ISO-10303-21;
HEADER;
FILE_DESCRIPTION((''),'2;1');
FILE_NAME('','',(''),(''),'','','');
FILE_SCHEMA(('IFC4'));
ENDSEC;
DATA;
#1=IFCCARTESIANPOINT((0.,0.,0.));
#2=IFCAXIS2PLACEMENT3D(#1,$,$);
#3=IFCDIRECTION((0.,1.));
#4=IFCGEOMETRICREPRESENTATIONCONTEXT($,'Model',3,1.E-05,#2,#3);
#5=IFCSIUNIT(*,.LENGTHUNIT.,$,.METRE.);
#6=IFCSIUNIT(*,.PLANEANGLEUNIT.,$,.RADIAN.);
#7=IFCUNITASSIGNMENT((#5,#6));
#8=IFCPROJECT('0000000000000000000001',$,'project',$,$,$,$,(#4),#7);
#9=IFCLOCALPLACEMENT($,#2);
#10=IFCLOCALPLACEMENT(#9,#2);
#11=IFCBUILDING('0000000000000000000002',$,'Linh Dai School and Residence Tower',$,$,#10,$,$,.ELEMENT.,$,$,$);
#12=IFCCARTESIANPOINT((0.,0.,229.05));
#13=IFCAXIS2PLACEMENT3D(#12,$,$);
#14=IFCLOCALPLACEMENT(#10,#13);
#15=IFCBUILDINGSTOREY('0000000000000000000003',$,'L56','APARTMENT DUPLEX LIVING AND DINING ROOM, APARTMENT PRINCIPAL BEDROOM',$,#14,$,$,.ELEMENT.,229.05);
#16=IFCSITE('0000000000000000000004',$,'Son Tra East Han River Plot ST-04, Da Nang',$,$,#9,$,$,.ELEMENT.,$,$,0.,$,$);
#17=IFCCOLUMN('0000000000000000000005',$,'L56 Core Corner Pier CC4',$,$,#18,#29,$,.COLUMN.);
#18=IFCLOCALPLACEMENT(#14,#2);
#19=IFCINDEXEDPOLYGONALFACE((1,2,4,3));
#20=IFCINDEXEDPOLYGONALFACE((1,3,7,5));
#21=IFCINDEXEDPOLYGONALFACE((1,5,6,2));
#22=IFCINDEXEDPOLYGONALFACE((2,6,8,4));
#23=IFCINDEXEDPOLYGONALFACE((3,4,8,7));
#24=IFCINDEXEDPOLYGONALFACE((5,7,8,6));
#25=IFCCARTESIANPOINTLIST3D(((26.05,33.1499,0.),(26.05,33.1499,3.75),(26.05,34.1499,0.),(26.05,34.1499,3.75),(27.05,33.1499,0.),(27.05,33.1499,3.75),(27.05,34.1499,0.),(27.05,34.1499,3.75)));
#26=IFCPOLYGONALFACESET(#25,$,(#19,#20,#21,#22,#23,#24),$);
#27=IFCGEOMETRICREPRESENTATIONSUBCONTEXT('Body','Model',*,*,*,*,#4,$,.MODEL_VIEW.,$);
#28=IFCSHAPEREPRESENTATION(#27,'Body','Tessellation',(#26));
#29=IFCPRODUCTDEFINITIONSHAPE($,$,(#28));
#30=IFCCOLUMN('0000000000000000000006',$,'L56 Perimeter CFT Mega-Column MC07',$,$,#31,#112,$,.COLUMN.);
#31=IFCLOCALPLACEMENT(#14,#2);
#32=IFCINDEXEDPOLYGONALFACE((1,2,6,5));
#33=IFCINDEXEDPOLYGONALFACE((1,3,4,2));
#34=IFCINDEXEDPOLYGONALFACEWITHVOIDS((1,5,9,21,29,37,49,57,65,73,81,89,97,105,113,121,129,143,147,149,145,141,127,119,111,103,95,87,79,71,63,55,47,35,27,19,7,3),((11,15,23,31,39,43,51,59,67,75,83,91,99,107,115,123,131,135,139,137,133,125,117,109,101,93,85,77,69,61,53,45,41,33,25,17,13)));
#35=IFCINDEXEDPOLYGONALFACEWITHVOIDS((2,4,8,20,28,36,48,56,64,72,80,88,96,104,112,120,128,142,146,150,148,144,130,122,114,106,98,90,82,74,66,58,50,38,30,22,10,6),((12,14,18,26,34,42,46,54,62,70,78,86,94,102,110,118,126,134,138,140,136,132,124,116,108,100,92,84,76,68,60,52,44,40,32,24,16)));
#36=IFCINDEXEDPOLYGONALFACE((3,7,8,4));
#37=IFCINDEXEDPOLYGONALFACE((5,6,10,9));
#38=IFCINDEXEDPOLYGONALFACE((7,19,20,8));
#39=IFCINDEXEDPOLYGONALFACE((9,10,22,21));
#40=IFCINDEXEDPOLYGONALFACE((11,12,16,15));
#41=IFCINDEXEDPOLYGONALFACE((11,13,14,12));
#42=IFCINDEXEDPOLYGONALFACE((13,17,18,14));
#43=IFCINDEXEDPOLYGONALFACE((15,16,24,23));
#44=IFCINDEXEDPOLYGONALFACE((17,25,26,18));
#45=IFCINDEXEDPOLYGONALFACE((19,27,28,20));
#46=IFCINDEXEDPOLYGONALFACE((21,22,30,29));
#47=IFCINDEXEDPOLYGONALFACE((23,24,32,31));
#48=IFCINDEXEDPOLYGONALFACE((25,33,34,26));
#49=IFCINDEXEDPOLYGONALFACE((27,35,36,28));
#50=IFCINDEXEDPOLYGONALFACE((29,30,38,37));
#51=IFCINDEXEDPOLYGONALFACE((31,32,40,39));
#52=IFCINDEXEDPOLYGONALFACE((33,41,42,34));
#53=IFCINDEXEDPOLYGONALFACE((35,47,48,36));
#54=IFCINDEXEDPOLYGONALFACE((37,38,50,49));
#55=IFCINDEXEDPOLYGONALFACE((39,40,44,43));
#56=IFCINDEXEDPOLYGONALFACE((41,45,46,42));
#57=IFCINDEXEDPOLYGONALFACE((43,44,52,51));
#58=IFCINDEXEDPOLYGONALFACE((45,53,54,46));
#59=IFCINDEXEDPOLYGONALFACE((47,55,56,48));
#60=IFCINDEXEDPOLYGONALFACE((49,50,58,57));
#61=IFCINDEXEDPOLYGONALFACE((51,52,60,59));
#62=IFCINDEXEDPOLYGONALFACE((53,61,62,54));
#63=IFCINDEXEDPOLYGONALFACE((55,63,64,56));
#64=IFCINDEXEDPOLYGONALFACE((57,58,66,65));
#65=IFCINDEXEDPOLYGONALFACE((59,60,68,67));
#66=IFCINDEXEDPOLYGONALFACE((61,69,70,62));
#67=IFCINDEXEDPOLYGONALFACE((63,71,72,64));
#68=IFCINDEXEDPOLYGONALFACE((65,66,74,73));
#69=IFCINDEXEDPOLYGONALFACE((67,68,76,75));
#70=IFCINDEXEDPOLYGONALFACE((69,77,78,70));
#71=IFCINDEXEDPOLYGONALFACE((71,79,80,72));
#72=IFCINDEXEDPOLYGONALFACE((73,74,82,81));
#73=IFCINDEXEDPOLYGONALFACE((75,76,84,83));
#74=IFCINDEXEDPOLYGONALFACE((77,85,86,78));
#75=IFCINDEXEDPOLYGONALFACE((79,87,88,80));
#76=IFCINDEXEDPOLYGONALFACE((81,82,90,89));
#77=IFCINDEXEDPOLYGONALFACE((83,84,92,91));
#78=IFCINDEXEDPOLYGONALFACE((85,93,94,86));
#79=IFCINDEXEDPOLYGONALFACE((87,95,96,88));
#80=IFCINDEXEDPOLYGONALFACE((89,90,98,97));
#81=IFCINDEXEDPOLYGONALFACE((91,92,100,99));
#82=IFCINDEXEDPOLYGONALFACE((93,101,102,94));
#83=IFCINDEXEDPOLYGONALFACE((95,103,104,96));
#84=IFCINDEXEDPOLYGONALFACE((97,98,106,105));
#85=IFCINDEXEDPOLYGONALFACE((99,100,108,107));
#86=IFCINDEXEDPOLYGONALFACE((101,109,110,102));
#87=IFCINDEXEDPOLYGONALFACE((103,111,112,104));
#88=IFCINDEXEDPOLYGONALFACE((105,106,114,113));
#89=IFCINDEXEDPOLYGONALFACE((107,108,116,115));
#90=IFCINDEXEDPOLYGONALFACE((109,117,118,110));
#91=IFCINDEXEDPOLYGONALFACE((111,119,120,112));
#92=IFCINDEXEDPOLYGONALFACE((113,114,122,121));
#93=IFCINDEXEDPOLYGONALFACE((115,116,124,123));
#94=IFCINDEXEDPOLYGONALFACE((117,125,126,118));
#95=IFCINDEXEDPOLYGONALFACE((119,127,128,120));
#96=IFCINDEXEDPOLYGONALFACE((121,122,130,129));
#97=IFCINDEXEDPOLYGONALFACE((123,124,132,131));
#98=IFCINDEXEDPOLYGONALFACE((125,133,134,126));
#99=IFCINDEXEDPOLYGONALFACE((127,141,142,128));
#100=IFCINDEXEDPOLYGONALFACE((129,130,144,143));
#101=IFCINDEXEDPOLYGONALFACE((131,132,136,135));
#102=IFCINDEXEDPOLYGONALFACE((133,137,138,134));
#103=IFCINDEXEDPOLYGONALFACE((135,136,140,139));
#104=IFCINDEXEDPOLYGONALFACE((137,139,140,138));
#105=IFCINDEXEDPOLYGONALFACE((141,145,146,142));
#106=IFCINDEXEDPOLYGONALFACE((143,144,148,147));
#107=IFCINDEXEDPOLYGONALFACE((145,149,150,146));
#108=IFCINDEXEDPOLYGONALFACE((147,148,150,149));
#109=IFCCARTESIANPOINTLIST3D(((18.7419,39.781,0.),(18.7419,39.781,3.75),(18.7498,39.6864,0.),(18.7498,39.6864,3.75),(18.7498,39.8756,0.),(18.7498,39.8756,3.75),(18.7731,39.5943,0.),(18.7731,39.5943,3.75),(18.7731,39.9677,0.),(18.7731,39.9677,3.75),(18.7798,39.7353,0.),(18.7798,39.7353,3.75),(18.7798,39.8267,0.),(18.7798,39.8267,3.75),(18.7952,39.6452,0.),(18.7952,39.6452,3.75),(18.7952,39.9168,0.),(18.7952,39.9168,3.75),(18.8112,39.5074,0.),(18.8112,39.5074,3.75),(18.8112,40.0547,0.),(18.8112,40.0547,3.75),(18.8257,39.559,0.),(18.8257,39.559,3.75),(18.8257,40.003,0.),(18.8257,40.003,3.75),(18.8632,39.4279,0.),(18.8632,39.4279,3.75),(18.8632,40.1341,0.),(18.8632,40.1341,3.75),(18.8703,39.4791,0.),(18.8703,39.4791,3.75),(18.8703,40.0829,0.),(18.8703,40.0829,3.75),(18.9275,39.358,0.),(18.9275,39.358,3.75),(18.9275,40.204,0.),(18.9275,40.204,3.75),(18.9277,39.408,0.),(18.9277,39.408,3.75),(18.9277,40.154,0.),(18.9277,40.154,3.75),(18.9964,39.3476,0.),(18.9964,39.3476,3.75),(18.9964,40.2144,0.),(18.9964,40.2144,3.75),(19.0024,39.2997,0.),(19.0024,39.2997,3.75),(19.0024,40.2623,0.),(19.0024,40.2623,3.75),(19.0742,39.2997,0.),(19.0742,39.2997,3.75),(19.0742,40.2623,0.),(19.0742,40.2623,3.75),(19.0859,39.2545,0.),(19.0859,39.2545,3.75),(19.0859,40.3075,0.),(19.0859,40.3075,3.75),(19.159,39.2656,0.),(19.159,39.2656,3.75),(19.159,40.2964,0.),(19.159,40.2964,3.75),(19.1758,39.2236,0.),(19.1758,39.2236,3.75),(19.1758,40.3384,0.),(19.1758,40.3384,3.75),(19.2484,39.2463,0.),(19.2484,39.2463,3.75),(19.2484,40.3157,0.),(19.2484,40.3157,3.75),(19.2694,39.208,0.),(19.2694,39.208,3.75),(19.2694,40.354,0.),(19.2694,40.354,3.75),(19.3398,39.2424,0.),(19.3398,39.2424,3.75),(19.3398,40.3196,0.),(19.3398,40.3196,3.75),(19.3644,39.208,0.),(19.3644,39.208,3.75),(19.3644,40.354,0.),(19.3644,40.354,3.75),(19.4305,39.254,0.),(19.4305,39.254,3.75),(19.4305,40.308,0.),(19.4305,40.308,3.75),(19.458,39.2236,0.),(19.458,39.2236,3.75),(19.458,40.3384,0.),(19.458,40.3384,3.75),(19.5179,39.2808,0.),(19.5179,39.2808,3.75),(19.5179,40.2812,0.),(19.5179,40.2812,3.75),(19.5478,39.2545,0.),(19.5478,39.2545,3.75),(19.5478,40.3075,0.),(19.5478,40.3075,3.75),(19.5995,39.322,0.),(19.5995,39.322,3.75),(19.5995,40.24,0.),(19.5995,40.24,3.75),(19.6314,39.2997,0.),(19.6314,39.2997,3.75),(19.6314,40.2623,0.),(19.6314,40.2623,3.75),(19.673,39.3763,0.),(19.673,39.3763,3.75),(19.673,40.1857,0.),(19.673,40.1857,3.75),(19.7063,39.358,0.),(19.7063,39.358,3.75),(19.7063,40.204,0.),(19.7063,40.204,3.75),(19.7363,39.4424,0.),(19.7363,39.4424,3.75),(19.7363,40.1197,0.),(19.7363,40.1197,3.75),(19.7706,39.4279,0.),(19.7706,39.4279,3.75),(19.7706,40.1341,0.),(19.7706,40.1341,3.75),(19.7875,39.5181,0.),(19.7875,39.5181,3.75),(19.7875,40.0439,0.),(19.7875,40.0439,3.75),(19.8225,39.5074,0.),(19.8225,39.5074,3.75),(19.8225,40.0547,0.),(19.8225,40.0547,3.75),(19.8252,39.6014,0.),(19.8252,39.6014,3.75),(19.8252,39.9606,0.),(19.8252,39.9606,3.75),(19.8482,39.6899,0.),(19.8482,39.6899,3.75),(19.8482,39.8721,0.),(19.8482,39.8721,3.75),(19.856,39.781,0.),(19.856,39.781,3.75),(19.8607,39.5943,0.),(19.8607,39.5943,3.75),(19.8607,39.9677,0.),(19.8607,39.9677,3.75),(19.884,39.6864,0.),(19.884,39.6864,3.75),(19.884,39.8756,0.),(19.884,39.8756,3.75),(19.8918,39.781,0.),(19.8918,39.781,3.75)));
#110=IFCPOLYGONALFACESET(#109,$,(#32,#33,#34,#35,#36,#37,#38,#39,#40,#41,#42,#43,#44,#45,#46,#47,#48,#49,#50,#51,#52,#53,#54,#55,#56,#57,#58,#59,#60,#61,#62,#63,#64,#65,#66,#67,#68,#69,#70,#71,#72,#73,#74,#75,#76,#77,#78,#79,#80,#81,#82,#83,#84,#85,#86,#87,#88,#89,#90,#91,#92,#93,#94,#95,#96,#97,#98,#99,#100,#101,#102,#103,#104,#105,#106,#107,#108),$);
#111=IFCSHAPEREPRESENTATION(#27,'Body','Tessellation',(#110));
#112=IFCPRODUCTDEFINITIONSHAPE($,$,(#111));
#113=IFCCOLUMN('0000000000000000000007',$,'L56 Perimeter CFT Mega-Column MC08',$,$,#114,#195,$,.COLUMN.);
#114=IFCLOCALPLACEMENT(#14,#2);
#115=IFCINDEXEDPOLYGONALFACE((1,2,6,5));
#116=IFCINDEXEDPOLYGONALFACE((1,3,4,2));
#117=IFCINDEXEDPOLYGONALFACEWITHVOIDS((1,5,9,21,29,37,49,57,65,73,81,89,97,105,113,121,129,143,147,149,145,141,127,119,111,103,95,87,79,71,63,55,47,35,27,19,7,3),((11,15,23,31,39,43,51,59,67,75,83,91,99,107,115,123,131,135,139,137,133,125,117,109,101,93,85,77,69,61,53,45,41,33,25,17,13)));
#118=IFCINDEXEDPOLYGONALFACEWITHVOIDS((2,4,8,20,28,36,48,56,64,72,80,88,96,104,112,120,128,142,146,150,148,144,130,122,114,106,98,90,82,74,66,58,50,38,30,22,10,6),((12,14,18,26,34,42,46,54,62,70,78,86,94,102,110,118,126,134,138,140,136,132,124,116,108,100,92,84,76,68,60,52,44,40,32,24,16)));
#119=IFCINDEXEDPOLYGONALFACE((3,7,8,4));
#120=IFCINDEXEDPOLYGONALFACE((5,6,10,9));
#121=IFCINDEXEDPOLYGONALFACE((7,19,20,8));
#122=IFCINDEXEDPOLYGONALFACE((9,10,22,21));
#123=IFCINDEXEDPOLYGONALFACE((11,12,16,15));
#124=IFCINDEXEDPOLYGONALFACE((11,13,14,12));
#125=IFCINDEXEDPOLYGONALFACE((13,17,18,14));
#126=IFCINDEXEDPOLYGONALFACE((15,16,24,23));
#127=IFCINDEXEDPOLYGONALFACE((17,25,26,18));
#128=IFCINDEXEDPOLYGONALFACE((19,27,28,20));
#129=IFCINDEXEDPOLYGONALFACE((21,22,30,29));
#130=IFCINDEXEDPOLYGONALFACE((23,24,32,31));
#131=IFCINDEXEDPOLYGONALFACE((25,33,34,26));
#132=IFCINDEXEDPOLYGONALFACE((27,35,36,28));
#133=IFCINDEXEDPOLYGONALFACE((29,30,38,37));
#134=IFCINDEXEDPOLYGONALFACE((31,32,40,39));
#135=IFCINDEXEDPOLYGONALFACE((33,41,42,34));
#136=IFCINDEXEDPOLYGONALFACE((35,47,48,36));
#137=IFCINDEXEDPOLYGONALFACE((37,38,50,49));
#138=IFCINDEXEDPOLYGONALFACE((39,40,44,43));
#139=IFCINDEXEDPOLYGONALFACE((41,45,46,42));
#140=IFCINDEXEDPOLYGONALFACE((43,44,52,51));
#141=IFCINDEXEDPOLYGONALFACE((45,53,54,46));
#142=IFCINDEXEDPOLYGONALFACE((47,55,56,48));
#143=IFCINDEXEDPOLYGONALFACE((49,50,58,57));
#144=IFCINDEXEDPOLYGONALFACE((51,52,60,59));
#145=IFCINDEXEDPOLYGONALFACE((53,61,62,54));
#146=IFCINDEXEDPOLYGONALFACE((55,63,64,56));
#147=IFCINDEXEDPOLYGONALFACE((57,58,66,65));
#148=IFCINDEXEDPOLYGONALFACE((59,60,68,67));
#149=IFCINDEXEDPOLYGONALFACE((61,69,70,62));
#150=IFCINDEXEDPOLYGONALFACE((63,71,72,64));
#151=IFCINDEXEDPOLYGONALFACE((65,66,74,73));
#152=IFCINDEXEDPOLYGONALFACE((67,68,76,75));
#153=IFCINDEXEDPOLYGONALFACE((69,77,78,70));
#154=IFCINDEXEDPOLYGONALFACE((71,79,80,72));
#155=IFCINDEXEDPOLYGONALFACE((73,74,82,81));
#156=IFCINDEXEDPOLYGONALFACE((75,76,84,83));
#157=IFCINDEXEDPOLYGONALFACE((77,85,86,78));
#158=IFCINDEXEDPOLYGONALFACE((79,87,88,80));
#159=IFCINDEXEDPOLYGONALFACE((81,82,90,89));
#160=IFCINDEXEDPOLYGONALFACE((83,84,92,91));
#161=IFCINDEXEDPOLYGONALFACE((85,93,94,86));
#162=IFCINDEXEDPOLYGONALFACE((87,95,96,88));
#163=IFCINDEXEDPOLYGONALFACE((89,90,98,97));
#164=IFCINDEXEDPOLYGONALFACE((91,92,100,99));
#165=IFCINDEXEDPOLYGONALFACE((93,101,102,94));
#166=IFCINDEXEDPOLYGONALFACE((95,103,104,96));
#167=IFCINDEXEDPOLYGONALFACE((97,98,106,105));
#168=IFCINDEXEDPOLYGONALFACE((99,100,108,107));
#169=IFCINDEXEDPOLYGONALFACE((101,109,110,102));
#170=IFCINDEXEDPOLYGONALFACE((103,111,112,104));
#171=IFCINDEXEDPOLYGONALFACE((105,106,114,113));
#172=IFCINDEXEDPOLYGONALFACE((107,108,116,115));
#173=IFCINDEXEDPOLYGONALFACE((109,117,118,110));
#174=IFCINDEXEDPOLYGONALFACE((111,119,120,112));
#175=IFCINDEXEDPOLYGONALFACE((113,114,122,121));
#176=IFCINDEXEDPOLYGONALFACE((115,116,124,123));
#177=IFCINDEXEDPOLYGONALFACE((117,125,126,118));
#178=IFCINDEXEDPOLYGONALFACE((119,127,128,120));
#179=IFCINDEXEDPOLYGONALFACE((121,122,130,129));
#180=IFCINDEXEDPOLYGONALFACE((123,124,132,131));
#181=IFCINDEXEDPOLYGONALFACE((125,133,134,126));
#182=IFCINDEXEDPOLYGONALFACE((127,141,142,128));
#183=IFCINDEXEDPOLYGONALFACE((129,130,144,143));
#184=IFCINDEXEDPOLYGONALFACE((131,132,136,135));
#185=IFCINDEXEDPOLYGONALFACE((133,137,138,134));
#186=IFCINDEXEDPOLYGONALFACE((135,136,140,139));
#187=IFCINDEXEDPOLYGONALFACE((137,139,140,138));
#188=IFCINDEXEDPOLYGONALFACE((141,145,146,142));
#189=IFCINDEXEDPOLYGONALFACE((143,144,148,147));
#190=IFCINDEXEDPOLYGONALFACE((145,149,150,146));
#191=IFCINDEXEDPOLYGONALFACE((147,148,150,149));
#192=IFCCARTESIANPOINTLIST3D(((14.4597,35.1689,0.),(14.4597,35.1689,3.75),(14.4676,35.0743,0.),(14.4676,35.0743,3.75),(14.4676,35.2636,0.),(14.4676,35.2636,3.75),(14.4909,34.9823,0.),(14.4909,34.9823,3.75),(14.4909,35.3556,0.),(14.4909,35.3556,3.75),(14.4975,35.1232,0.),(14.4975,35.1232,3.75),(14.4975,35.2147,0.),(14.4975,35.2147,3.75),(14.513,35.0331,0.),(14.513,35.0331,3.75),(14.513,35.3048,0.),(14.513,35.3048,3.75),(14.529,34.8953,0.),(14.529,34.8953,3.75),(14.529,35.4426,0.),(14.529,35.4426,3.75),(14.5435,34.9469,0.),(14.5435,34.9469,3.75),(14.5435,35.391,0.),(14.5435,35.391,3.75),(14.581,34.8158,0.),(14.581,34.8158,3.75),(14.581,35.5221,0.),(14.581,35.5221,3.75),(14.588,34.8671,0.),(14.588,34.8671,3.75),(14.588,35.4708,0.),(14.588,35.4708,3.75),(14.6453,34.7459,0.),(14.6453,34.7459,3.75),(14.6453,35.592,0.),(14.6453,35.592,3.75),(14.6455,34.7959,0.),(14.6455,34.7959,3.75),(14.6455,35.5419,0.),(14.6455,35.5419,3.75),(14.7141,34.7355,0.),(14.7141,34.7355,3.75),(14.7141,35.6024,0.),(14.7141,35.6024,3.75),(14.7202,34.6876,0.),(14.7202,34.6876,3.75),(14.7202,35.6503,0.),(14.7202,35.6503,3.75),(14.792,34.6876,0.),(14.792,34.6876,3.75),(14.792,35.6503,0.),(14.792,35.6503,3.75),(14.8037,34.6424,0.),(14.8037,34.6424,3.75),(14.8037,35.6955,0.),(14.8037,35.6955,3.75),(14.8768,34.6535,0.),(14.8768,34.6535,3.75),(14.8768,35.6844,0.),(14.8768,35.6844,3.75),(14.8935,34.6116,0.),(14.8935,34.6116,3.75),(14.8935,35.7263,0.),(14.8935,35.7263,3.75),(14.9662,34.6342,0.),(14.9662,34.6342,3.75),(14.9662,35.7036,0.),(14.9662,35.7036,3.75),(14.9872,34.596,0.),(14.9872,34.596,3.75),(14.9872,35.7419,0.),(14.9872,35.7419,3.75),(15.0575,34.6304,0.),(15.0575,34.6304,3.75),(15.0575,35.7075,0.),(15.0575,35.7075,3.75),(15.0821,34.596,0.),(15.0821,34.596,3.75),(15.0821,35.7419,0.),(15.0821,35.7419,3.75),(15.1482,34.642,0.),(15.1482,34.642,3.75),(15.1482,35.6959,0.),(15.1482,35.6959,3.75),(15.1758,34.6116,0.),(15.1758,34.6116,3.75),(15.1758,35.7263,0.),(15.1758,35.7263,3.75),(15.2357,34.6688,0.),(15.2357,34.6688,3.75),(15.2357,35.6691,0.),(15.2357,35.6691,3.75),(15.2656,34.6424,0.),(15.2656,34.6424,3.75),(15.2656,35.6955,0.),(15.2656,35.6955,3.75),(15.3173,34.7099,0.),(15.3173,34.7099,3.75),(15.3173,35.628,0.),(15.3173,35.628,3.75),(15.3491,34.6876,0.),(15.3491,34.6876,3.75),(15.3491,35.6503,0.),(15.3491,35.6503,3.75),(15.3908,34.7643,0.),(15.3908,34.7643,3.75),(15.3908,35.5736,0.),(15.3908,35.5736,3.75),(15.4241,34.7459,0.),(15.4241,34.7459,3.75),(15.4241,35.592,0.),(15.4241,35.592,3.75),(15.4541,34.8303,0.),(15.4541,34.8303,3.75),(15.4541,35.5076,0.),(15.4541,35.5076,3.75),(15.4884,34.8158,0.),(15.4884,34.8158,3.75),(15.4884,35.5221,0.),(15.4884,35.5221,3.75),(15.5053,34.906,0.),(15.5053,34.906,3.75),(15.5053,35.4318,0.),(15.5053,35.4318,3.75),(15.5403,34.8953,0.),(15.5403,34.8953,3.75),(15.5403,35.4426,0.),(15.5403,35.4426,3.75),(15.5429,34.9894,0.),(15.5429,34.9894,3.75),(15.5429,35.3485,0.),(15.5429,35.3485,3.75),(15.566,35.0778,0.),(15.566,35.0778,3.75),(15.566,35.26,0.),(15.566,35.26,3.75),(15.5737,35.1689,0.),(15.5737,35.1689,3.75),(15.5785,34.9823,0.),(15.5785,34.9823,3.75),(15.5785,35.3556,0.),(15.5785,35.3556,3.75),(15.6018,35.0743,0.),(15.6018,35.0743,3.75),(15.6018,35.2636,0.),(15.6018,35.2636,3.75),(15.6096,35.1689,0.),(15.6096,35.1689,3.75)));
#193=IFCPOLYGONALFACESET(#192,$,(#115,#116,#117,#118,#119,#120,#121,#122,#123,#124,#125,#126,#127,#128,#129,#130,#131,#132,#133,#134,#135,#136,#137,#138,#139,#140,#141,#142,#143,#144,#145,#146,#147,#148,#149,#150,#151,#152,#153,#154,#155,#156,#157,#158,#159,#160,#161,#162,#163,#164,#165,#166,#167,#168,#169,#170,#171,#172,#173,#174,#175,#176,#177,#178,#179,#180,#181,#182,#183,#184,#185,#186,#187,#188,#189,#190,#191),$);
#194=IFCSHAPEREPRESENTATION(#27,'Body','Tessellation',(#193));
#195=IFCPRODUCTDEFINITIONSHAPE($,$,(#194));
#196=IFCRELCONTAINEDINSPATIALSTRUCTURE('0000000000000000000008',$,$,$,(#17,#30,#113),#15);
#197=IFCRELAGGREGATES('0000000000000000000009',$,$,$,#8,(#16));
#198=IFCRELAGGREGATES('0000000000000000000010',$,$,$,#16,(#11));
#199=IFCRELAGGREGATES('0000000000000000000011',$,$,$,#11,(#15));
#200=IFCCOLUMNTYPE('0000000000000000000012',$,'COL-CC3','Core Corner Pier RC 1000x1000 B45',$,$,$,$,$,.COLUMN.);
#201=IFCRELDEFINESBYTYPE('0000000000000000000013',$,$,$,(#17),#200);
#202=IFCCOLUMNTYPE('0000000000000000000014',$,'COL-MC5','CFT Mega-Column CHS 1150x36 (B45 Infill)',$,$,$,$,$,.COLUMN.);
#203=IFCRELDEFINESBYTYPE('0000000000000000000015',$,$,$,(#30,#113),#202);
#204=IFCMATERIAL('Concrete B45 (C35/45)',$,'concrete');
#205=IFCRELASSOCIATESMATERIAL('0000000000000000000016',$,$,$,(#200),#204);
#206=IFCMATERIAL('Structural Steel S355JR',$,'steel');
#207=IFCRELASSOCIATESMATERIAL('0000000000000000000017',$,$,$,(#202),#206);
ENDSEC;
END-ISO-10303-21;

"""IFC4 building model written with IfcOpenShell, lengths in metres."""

from ifc_helpers import new_model, si_unit, direction, frame, origin, origin_2d, place, context, subcontext, project, spatial, rectangle, hollow_circle, extrude, material, material_profile, profile_set, type_object, element, save


model = new_model("IFC4")

# Units and contexts
model_context = context("Model", 3, precision=1e-05, world=origin(), true_north=direction((0.0, 1.0)))
body_context = subcontext(model_context, "Body", "Model", "MODEL_VIEW")
ifc_project = project(units=[si_unit("LENGTHUNIT", "METRE"), si_unit("PLANEANGLEUNIT", "RADIAN")], contexts=[model_context])

# Site, building, storey
site_placement = place(None, origin())
site = spatial("IfcSite", under=ifc_project, at=site_placement, Name="Son Tra East Han River Plot ST-04, Da Nang", CompositionType="ELEMENT", RefElevation=0.0)
building_placement = place(site_placement, origin())
building = spatial("IfcBuilding", under=site, at=building_placement, Name="Linh Dai School and Residence Tower", CompositionType="ELEMENT")
storey_placement = place(building_placement, frame((0.0, 0.0, 229.05)))
storey = spatial("IfcBuildingStorey", under=building, at=storey_placement, Name="L56", Description="APARTMENT DUPLEX LIVING AND DINING ROOM, APARTMENT PRINCIPAL BEDROOM", CompositionType="ELEMENT", Elevation=229.05)

# Columns
ifc_material_1 = material(Name="Concrete B45 (C35/45)", Category="concrete")
ifc_material_profile_1 = material_profile(ifc_material_1, rectangle(XDim=1.0, YDim=1.0, at=origin_2d()), Name="RC 1000x1000")
ifc_profile_set_1 = profile_set([ifc_material_profile_1], Name="Concrete B45 (C35/45)")
column_type_1 = type_object("IfcColumnType", Name="COL-CC3", Description="Core Corner Pier RC 1000x1000 B45", PredefinedType="COLUMN", material=ifc_profile_set_1)
column_placement = place(storey_placement, frame((26.55, 33.6499, 0.0), z_axis=(0.0, 0.0, 1.0), x_axis=(1.0, 0.0, 0.0)))
element("IfcColumn", 1, at=column_placement, inside=storey, type_object=column_type_1, Name="L56 Core Corner Pier CC4", PredefinedType="COLUMN", context=body_context, shape_type="SweptSolid", body=[
    extrude(rectangle(XDim=1.0, YDim=1.0, at=origin_2d()), origin(), (0.0, 0.0, 1.0), 3.75),
])
ifc_material_2 = material(Name="Structural Steel S355JR", Category="steel")
ifc_material_profile_2 = material_profile(ifc_material_2, hollow_circle(Radius=0.575, WallThickness=0.0359, at=origin_2d()), Name="CHS 1150x36")
ifc_profile_set_2 = profile_set([ifc_material_profile_2], Name="Structural Steel S355JR")
column_type_2 = type_object("IfcColumnType", Name="COL-MC5", Description="CFT Mega-Column CHS 1150x36 (B45 Infill)", PredefinedType="COLUMN", material=ifc_profile_set_2)
for number, where, z_axis, x_axis, name in (
    (2, (19.3169, 39.781, 0.0), (0.0, 0.0, 1.0), (1.0, 0.0, 0.0), "L56 Perimeter CFT Mega-Column MC07"),
    (3, (15.0347, 35.1689, 0.0), (0.0, 0.0, 1.0), (1.0, 0.0, 0.0), "L56 Perimeter CFT Mega-Column MC08"),
):
    element("IfcColumn", number, at=place(storey_placement, frame(where, z_axis=z_axis, x_axis=x_axis)), inside=storey, type_object=column_type_2, Name=name, PredefinedType="COLUMN", context=body_context, shape_type="SweptSolid", body=[
        extrude(hollow_circle(Radius=0.575, WallThickness=0.0359, at=origin_2d()), origin(), (0.0, 0.0, 1.0), 3.75),
    ])

save(model, "model.ifc")
